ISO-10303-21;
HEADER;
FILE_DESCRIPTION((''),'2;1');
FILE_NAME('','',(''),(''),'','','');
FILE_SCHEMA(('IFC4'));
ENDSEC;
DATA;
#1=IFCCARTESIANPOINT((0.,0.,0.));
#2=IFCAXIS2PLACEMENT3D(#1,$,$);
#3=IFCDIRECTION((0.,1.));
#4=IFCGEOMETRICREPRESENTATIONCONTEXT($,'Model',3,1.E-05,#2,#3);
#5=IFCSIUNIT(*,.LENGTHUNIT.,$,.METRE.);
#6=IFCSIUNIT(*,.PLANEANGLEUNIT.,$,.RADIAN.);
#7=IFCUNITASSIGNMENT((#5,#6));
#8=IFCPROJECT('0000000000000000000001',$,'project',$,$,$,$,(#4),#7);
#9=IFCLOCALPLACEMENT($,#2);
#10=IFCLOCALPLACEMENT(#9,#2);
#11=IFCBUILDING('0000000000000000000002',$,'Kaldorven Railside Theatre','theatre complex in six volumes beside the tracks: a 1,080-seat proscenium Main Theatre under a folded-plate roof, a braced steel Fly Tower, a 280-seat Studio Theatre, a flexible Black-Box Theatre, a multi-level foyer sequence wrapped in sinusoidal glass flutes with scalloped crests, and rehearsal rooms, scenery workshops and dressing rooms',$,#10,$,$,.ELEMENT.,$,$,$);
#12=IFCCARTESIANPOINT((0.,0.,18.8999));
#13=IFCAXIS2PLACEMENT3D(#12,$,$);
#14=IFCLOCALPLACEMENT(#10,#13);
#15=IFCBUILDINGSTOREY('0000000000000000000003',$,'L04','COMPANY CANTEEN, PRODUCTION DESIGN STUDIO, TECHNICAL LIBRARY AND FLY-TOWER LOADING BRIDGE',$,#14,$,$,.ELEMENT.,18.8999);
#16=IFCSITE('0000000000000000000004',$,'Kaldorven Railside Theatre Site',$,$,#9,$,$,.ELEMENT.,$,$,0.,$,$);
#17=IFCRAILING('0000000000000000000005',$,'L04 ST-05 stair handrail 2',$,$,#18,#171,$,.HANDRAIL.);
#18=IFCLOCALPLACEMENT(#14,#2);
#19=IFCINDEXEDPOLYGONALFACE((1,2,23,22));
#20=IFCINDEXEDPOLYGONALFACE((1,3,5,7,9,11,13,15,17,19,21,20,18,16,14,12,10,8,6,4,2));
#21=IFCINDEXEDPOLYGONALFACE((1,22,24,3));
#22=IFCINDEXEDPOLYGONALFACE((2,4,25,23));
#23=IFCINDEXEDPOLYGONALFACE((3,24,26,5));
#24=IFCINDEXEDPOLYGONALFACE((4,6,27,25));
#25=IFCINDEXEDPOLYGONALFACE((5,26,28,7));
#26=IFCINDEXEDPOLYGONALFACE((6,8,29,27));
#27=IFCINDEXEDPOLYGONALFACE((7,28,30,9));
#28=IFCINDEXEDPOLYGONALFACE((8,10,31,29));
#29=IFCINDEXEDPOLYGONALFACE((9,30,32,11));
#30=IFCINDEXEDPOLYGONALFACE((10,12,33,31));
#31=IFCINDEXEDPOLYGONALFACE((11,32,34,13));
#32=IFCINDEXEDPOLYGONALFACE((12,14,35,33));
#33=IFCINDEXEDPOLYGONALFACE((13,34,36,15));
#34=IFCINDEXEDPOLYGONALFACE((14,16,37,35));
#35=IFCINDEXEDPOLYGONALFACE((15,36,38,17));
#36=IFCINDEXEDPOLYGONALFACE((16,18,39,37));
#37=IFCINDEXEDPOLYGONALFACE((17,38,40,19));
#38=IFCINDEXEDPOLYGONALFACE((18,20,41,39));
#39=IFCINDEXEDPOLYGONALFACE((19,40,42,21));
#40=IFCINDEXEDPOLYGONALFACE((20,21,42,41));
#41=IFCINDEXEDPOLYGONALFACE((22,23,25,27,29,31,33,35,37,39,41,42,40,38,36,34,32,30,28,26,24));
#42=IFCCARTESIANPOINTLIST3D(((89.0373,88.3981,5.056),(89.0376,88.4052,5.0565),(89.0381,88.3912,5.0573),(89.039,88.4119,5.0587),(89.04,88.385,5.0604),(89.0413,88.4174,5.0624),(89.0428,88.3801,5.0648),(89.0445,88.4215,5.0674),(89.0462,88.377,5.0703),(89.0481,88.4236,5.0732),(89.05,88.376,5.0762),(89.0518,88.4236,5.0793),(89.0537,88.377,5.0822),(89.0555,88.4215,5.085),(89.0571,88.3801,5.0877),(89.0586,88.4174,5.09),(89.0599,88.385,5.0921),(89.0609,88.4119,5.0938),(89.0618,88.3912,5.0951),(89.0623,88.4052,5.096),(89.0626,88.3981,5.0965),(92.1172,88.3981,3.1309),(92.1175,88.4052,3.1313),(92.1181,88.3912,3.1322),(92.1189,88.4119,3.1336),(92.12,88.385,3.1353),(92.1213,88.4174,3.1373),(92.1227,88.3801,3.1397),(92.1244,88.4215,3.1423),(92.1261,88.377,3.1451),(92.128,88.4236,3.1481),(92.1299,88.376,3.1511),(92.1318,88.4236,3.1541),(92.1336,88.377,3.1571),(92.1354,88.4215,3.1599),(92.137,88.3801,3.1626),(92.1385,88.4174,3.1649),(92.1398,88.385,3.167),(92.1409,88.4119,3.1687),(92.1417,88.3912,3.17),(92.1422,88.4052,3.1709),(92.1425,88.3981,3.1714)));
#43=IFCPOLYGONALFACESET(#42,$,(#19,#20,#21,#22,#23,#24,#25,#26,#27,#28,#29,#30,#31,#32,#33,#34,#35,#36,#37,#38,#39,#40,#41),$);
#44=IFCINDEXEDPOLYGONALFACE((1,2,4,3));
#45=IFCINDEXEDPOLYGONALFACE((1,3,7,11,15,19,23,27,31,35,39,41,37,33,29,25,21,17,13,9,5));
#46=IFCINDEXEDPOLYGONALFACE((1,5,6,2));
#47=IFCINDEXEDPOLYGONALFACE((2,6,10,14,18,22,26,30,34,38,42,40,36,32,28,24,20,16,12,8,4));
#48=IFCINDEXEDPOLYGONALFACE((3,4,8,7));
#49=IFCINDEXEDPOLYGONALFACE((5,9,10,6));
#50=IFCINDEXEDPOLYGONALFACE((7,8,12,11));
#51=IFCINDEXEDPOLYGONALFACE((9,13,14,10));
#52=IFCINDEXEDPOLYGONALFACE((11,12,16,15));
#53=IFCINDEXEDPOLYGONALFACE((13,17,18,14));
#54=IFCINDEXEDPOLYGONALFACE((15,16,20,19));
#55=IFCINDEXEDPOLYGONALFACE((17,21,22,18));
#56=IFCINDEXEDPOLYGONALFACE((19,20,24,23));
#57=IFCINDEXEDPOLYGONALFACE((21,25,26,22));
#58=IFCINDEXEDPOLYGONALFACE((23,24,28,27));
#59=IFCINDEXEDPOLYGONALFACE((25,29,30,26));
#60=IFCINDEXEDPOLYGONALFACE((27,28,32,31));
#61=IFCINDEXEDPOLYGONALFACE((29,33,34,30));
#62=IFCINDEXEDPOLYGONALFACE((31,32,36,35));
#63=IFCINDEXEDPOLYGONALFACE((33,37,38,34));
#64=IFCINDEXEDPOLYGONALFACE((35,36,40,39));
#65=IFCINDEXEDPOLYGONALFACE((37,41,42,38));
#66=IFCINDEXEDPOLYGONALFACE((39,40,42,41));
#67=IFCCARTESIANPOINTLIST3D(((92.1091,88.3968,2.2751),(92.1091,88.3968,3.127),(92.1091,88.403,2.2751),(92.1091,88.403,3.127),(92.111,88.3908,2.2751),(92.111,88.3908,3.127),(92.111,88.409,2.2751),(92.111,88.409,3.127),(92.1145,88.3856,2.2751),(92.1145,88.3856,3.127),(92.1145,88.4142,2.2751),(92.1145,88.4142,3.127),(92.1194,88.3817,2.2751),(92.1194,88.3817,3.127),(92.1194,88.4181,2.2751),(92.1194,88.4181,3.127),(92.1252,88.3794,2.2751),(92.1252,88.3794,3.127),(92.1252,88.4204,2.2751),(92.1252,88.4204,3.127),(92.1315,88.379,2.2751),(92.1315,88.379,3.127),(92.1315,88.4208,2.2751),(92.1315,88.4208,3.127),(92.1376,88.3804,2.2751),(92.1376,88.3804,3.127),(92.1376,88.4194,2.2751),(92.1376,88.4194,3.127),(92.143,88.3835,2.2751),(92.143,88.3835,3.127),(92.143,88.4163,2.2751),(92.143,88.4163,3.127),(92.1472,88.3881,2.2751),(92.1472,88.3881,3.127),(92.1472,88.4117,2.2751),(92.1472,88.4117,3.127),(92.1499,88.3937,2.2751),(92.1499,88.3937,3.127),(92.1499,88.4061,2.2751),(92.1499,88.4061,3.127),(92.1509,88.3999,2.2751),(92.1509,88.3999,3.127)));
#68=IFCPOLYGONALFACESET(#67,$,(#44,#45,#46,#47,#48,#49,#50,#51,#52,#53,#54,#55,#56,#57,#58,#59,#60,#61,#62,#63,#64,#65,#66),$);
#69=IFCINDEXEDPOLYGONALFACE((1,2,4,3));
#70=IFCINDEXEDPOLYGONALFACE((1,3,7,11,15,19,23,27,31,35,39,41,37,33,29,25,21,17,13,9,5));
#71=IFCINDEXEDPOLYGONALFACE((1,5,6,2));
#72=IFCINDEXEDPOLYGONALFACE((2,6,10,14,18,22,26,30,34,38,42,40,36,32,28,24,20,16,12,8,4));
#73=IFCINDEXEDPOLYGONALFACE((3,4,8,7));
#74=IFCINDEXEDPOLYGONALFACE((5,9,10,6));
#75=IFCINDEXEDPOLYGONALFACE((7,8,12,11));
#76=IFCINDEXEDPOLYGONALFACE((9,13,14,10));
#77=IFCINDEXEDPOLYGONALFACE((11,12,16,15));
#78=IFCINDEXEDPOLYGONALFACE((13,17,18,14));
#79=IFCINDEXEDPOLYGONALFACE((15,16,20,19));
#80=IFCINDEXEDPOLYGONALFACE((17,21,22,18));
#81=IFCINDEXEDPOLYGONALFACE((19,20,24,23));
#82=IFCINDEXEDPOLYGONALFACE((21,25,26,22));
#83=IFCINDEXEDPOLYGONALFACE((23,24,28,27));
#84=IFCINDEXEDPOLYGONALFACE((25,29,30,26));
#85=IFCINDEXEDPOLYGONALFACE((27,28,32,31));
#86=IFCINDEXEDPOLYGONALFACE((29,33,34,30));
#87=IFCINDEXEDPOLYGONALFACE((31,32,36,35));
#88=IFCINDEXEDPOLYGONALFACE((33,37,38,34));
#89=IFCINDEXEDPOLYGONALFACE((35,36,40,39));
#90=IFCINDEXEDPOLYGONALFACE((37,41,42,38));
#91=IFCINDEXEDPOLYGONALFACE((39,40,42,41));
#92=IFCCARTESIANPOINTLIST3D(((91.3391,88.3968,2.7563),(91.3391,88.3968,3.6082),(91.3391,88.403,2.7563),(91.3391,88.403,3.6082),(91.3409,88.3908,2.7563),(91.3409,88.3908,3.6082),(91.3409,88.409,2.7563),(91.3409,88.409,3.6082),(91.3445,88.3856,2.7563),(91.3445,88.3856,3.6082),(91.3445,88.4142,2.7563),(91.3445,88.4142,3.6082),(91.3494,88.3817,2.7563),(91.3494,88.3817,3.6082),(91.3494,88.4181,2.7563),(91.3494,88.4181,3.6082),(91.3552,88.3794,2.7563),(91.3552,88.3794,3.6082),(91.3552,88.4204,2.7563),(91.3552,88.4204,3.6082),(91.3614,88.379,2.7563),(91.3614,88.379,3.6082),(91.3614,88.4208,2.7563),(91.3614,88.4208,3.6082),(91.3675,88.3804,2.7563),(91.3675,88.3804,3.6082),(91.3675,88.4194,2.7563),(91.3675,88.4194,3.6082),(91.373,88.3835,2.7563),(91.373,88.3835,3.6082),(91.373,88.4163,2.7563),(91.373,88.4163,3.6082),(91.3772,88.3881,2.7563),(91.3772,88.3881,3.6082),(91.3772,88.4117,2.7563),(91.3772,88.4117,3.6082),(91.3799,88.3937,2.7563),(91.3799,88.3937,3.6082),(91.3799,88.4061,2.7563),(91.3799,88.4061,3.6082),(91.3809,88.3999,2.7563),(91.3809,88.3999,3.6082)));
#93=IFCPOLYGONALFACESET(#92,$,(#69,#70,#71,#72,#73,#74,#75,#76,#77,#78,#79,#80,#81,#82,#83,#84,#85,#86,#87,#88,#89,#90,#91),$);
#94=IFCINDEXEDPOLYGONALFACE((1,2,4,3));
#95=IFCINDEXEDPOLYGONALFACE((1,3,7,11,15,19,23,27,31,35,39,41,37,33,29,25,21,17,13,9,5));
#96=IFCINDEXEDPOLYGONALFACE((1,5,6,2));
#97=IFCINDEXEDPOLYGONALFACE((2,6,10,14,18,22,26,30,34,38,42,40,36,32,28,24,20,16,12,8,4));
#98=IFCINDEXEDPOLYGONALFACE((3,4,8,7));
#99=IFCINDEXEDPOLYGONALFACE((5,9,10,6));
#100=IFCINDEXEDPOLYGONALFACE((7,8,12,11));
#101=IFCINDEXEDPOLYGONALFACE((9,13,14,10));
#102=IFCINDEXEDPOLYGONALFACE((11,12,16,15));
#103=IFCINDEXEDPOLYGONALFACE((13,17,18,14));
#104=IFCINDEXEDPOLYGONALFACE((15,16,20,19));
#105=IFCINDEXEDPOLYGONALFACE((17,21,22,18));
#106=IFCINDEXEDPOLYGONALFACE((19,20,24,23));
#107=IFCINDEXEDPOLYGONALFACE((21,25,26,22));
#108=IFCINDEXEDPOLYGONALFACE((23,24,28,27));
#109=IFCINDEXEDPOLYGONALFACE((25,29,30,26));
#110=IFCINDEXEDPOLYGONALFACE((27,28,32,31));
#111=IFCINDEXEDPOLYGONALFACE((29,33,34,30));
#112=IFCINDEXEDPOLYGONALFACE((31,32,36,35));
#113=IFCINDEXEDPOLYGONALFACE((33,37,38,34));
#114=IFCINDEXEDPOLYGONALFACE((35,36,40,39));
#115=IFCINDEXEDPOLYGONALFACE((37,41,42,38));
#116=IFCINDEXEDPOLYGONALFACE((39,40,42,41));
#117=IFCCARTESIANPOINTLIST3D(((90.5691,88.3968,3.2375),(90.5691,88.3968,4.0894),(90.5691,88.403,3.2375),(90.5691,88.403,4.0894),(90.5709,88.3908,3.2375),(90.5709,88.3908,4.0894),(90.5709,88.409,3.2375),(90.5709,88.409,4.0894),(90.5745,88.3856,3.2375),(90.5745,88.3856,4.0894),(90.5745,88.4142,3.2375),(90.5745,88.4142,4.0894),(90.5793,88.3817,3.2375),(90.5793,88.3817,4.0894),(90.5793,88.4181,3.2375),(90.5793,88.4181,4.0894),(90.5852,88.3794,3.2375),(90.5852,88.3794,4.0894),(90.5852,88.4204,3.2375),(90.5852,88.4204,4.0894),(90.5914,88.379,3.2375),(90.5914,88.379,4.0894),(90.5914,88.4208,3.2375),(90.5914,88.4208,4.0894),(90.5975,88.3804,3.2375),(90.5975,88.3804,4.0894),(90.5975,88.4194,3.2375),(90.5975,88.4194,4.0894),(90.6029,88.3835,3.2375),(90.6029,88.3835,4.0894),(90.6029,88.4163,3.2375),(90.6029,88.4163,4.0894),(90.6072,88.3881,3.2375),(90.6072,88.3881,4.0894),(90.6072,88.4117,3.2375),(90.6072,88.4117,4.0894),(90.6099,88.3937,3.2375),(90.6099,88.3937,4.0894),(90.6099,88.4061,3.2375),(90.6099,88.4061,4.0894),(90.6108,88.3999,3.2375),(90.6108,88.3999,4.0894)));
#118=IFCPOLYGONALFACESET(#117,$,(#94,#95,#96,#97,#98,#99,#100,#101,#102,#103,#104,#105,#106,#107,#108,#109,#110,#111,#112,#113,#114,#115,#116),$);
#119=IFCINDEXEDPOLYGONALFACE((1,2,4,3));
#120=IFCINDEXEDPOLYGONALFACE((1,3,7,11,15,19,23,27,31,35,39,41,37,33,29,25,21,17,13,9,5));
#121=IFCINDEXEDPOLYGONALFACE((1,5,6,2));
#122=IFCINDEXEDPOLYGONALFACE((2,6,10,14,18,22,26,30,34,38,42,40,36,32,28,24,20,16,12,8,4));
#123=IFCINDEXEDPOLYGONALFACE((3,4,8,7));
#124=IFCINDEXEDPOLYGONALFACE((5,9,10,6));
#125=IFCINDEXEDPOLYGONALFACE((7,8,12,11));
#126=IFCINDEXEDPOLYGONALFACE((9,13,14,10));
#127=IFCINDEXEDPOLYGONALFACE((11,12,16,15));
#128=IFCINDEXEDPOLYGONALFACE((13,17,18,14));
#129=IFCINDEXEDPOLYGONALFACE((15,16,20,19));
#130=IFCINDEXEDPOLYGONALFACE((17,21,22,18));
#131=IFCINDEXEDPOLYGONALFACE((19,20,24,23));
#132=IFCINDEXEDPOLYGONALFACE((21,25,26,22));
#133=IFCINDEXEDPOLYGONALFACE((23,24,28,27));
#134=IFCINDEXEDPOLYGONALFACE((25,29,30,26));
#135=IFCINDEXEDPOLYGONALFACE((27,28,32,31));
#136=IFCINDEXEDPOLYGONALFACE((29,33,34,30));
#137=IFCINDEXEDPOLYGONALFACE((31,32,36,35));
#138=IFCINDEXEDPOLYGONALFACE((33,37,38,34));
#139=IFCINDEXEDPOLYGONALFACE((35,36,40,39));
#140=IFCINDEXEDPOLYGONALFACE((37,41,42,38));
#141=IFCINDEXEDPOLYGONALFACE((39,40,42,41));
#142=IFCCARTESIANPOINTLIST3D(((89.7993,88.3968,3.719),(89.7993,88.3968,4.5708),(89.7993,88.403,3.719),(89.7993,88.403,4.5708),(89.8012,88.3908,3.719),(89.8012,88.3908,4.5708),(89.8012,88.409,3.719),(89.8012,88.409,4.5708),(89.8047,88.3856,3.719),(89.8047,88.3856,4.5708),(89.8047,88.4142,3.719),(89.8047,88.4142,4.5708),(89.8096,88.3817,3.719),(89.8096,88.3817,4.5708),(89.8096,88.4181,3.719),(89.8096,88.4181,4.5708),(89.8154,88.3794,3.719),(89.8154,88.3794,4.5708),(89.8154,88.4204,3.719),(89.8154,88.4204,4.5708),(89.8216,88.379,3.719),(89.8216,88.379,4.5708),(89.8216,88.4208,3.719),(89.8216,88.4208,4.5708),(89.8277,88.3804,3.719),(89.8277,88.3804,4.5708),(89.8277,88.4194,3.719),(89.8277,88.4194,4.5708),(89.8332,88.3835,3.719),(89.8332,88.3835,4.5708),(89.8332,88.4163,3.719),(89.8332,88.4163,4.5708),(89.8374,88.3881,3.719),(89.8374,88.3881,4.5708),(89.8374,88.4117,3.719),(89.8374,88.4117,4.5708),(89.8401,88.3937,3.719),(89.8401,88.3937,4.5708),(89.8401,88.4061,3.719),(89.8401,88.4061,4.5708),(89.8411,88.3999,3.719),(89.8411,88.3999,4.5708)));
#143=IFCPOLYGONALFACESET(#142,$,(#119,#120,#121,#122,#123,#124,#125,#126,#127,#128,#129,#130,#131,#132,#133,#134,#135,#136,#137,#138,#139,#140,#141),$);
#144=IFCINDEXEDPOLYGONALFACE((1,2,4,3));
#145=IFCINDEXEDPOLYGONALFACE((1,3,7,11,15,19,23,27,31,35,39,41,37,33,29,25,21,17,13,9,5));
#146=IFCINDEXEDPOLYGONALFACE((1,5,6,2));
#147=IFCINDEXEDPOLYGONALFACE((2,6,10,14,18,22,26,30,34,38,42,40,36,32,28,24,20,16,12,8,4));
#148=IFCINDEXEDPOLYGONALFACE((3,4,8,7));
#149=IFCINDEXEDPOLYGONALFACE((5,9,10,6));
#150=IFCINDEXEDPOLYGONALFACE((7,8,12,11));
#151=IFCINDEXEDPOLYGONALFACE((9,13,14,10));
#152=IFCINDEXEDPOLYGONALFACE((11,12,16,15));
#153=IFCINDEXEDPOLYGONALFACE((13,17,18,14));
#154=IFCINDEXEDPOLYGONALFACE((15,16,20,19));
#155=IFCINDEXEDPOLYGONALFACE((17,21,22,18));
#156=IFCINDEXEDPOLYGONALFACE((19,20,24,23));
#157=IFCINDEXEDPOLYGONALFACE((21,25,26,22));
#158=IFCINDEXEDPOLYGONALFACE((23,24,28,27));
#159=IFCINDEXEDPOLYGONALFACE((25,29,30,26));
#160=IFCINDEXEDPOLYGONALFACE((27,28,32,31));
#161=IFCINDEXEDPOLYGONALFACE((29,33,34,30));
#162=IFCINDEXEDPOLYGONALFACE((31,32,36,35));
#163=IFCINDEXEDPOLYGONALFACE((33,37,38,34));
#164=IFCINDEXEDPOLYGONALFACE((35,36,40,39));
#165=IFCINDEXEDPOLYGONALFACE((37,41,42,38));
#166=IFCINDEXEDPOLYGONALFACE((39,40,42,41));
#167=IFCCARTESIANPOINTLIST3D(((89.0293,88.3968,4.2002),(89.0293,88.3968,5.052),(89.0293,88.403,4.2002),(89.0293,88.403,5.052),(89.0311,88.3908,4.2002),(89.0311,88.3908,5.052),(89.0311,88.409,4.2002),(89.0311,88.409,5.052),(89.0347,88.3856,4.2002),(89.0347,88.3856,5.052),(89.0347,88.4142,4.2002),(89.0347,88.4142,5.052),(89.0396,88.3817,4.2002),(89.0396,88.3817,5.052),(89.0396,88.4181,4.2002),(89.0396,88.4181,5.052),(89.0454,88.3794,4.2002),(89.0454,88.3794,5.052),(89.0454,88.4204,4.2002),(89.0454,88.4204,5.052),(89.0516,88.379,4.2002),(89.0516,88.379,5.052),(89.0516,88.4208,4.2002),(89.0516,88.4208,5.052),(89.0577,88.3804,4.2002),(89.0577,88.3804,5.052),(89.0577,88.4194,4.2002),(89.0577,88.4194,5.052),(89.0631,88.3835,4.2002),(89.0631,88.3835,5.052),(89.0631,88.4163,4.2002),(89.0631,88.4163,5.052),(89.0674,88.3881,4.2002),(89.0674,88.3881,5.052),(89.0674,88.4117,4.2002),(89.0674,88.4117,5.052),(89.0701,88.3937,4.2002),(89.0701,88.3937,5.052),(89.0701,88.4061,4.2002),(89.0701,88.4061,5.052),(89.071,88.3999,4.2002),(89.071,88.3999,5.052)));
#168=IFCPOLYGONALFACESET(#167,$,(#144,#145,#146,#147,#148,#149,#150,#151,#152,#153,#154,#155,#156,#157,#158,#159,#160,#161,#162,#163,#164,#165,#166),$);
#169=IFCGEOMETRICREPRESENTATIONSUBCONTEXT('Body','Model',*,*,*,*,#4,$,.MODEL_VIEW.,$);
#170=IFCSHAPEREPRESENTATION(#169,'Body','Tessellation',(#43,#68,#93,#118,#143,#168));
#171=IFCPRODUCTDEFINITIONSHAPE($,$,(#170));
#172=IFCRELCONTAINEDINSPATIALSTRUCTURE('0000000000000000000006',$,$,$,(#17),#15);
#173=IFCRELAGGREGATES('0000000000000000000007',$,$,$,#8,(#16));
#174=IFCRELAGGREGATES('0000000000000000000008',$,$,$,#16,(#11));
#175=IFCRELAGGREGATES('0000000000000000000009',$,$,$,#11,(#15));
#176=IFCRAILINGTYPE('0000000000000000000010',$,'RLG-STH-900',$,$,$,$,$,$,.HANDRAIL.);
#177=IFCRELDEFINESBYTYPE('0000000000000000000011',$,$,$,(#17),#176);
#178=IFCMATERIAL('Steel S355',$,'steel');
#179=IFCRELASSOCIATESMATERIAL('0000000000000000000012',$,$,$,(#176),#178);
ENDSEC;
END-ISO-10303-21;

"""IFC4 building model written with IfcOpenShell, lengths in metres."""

from ifc_helpers import new_model, si_unit, direction, frame, origin, origin_2d, place, context, subcontext, project, spatial, circle, extrude, material, type_object, element, save


model = new_model("IFC4")

# Units and contexts
model_context = context("Model", 3, precision=1e-05, world=origin(), true_north=direction((0.0, 1.0)))
body_context = subcontext(model_context, "Body", "Model", "MODEL_VIEW")
ifc_project = project(units=[si_unit("LENGTHUNIT", "METRE"), si_unit("PLANEANGLEUNIT", "RADIAN")], contexts=[model_context])

# Site, building, storey
site_placement = place(None, origin())
site = spatial("IfcSite", under=ifc_project, at=site_placement, Name="Kaldorven Railside Theatre Site", CompositionType="ELEMENT", RefElevation=0.0)
building_placement = place(site_placement, origin())
building = spatial("IfcBuilding", under=site, at=building_placement, Name="Kaldorven Railside Theatre", Description="theatre complex in six volumes beside the tracks: a 1,080-seat proscenium Main Theatre under a folded-plate roof, a braced steel Fly Tower, a 280-seat Studio Theatre, a flexible Black-Box Theatre, a multi-level foyer sequence wrapped in sinusoidal glass flutes with scalloped crests, and rehearsal rooms, scenery workshops and dressing rooms", CompositionType="ELEMENT")
storey_placement = place(building_placement, frame((0.0, 0.0, 18.8999)))
storey = spatial("IfcBuildingStorey", under=building, at=storey_placement, Name="L04", Description="COMPANY CANTEEN, PRODUCTION DESIGN STUDIO, TECHNICAL LIBRARY AND FLY-TOWER LOADING BRIDGE", CompositionType="ELEMENT", Elevation=18.8999)

# Shared definitions
ifc_material_1 = material(Name="Steel S355", Category="steel")

# Railing
railing_type_1 = type_object("IfcRailingType", Name="RLG-STH-900", PredefinedType="HANDRAIL", material=ifc_material_1)
railing_1_placement = place(storey_placement, frame((92.1299, 88.3999, 2.2751)))
element("IfcRailing", 1, at=railing_1_placement, inside=storey, type_object=railing_type_1, Name="L04 ST-05 stair handrail 2", PredefinedType="HANDRAIL", context=body_context, shape_type="SweptSolid", body=[
    extrude(circle(Radius=0.0239, at=origin_2d()), frame((0.0, 0.0, 0.876), z_axis=(-0.847979, 0.0, 0.530029), x_axis=(0.0, -1.0, 0.0)), (0.0, 0.0, 1.0), 3.6321),
    extrude(circle(Radius=0.021, at=origin_2d()), origin(), (0.0, 0.0, 1.0), 0.8518),
    extrude(circle(Radius=0.021, at=origin_2d()), frame((-0.77, 0.0, 0.4812)), (0.0, 0.0, 1.0), 0.8518),
    extrude(circle(Radius=0.021, at=origin_2d()), frame((-1.54, 0.0, 0.9624)), (0.0, 0.0, 1.0), 0.8518),
    extrude(circle(Radius=0.021, at=origin_2d()), frame((-2.3098, 0.0, 1.4438)), (0.0, 0.0, 1.0), 0.8518),
    extrude(circle(Radius=0.021, at=origin_2d()), frame((-3.0798, 0.0, 1.925)), (0.0, 0.0, 1.0), 0.8518),
])

save(model, "model.ifc")
